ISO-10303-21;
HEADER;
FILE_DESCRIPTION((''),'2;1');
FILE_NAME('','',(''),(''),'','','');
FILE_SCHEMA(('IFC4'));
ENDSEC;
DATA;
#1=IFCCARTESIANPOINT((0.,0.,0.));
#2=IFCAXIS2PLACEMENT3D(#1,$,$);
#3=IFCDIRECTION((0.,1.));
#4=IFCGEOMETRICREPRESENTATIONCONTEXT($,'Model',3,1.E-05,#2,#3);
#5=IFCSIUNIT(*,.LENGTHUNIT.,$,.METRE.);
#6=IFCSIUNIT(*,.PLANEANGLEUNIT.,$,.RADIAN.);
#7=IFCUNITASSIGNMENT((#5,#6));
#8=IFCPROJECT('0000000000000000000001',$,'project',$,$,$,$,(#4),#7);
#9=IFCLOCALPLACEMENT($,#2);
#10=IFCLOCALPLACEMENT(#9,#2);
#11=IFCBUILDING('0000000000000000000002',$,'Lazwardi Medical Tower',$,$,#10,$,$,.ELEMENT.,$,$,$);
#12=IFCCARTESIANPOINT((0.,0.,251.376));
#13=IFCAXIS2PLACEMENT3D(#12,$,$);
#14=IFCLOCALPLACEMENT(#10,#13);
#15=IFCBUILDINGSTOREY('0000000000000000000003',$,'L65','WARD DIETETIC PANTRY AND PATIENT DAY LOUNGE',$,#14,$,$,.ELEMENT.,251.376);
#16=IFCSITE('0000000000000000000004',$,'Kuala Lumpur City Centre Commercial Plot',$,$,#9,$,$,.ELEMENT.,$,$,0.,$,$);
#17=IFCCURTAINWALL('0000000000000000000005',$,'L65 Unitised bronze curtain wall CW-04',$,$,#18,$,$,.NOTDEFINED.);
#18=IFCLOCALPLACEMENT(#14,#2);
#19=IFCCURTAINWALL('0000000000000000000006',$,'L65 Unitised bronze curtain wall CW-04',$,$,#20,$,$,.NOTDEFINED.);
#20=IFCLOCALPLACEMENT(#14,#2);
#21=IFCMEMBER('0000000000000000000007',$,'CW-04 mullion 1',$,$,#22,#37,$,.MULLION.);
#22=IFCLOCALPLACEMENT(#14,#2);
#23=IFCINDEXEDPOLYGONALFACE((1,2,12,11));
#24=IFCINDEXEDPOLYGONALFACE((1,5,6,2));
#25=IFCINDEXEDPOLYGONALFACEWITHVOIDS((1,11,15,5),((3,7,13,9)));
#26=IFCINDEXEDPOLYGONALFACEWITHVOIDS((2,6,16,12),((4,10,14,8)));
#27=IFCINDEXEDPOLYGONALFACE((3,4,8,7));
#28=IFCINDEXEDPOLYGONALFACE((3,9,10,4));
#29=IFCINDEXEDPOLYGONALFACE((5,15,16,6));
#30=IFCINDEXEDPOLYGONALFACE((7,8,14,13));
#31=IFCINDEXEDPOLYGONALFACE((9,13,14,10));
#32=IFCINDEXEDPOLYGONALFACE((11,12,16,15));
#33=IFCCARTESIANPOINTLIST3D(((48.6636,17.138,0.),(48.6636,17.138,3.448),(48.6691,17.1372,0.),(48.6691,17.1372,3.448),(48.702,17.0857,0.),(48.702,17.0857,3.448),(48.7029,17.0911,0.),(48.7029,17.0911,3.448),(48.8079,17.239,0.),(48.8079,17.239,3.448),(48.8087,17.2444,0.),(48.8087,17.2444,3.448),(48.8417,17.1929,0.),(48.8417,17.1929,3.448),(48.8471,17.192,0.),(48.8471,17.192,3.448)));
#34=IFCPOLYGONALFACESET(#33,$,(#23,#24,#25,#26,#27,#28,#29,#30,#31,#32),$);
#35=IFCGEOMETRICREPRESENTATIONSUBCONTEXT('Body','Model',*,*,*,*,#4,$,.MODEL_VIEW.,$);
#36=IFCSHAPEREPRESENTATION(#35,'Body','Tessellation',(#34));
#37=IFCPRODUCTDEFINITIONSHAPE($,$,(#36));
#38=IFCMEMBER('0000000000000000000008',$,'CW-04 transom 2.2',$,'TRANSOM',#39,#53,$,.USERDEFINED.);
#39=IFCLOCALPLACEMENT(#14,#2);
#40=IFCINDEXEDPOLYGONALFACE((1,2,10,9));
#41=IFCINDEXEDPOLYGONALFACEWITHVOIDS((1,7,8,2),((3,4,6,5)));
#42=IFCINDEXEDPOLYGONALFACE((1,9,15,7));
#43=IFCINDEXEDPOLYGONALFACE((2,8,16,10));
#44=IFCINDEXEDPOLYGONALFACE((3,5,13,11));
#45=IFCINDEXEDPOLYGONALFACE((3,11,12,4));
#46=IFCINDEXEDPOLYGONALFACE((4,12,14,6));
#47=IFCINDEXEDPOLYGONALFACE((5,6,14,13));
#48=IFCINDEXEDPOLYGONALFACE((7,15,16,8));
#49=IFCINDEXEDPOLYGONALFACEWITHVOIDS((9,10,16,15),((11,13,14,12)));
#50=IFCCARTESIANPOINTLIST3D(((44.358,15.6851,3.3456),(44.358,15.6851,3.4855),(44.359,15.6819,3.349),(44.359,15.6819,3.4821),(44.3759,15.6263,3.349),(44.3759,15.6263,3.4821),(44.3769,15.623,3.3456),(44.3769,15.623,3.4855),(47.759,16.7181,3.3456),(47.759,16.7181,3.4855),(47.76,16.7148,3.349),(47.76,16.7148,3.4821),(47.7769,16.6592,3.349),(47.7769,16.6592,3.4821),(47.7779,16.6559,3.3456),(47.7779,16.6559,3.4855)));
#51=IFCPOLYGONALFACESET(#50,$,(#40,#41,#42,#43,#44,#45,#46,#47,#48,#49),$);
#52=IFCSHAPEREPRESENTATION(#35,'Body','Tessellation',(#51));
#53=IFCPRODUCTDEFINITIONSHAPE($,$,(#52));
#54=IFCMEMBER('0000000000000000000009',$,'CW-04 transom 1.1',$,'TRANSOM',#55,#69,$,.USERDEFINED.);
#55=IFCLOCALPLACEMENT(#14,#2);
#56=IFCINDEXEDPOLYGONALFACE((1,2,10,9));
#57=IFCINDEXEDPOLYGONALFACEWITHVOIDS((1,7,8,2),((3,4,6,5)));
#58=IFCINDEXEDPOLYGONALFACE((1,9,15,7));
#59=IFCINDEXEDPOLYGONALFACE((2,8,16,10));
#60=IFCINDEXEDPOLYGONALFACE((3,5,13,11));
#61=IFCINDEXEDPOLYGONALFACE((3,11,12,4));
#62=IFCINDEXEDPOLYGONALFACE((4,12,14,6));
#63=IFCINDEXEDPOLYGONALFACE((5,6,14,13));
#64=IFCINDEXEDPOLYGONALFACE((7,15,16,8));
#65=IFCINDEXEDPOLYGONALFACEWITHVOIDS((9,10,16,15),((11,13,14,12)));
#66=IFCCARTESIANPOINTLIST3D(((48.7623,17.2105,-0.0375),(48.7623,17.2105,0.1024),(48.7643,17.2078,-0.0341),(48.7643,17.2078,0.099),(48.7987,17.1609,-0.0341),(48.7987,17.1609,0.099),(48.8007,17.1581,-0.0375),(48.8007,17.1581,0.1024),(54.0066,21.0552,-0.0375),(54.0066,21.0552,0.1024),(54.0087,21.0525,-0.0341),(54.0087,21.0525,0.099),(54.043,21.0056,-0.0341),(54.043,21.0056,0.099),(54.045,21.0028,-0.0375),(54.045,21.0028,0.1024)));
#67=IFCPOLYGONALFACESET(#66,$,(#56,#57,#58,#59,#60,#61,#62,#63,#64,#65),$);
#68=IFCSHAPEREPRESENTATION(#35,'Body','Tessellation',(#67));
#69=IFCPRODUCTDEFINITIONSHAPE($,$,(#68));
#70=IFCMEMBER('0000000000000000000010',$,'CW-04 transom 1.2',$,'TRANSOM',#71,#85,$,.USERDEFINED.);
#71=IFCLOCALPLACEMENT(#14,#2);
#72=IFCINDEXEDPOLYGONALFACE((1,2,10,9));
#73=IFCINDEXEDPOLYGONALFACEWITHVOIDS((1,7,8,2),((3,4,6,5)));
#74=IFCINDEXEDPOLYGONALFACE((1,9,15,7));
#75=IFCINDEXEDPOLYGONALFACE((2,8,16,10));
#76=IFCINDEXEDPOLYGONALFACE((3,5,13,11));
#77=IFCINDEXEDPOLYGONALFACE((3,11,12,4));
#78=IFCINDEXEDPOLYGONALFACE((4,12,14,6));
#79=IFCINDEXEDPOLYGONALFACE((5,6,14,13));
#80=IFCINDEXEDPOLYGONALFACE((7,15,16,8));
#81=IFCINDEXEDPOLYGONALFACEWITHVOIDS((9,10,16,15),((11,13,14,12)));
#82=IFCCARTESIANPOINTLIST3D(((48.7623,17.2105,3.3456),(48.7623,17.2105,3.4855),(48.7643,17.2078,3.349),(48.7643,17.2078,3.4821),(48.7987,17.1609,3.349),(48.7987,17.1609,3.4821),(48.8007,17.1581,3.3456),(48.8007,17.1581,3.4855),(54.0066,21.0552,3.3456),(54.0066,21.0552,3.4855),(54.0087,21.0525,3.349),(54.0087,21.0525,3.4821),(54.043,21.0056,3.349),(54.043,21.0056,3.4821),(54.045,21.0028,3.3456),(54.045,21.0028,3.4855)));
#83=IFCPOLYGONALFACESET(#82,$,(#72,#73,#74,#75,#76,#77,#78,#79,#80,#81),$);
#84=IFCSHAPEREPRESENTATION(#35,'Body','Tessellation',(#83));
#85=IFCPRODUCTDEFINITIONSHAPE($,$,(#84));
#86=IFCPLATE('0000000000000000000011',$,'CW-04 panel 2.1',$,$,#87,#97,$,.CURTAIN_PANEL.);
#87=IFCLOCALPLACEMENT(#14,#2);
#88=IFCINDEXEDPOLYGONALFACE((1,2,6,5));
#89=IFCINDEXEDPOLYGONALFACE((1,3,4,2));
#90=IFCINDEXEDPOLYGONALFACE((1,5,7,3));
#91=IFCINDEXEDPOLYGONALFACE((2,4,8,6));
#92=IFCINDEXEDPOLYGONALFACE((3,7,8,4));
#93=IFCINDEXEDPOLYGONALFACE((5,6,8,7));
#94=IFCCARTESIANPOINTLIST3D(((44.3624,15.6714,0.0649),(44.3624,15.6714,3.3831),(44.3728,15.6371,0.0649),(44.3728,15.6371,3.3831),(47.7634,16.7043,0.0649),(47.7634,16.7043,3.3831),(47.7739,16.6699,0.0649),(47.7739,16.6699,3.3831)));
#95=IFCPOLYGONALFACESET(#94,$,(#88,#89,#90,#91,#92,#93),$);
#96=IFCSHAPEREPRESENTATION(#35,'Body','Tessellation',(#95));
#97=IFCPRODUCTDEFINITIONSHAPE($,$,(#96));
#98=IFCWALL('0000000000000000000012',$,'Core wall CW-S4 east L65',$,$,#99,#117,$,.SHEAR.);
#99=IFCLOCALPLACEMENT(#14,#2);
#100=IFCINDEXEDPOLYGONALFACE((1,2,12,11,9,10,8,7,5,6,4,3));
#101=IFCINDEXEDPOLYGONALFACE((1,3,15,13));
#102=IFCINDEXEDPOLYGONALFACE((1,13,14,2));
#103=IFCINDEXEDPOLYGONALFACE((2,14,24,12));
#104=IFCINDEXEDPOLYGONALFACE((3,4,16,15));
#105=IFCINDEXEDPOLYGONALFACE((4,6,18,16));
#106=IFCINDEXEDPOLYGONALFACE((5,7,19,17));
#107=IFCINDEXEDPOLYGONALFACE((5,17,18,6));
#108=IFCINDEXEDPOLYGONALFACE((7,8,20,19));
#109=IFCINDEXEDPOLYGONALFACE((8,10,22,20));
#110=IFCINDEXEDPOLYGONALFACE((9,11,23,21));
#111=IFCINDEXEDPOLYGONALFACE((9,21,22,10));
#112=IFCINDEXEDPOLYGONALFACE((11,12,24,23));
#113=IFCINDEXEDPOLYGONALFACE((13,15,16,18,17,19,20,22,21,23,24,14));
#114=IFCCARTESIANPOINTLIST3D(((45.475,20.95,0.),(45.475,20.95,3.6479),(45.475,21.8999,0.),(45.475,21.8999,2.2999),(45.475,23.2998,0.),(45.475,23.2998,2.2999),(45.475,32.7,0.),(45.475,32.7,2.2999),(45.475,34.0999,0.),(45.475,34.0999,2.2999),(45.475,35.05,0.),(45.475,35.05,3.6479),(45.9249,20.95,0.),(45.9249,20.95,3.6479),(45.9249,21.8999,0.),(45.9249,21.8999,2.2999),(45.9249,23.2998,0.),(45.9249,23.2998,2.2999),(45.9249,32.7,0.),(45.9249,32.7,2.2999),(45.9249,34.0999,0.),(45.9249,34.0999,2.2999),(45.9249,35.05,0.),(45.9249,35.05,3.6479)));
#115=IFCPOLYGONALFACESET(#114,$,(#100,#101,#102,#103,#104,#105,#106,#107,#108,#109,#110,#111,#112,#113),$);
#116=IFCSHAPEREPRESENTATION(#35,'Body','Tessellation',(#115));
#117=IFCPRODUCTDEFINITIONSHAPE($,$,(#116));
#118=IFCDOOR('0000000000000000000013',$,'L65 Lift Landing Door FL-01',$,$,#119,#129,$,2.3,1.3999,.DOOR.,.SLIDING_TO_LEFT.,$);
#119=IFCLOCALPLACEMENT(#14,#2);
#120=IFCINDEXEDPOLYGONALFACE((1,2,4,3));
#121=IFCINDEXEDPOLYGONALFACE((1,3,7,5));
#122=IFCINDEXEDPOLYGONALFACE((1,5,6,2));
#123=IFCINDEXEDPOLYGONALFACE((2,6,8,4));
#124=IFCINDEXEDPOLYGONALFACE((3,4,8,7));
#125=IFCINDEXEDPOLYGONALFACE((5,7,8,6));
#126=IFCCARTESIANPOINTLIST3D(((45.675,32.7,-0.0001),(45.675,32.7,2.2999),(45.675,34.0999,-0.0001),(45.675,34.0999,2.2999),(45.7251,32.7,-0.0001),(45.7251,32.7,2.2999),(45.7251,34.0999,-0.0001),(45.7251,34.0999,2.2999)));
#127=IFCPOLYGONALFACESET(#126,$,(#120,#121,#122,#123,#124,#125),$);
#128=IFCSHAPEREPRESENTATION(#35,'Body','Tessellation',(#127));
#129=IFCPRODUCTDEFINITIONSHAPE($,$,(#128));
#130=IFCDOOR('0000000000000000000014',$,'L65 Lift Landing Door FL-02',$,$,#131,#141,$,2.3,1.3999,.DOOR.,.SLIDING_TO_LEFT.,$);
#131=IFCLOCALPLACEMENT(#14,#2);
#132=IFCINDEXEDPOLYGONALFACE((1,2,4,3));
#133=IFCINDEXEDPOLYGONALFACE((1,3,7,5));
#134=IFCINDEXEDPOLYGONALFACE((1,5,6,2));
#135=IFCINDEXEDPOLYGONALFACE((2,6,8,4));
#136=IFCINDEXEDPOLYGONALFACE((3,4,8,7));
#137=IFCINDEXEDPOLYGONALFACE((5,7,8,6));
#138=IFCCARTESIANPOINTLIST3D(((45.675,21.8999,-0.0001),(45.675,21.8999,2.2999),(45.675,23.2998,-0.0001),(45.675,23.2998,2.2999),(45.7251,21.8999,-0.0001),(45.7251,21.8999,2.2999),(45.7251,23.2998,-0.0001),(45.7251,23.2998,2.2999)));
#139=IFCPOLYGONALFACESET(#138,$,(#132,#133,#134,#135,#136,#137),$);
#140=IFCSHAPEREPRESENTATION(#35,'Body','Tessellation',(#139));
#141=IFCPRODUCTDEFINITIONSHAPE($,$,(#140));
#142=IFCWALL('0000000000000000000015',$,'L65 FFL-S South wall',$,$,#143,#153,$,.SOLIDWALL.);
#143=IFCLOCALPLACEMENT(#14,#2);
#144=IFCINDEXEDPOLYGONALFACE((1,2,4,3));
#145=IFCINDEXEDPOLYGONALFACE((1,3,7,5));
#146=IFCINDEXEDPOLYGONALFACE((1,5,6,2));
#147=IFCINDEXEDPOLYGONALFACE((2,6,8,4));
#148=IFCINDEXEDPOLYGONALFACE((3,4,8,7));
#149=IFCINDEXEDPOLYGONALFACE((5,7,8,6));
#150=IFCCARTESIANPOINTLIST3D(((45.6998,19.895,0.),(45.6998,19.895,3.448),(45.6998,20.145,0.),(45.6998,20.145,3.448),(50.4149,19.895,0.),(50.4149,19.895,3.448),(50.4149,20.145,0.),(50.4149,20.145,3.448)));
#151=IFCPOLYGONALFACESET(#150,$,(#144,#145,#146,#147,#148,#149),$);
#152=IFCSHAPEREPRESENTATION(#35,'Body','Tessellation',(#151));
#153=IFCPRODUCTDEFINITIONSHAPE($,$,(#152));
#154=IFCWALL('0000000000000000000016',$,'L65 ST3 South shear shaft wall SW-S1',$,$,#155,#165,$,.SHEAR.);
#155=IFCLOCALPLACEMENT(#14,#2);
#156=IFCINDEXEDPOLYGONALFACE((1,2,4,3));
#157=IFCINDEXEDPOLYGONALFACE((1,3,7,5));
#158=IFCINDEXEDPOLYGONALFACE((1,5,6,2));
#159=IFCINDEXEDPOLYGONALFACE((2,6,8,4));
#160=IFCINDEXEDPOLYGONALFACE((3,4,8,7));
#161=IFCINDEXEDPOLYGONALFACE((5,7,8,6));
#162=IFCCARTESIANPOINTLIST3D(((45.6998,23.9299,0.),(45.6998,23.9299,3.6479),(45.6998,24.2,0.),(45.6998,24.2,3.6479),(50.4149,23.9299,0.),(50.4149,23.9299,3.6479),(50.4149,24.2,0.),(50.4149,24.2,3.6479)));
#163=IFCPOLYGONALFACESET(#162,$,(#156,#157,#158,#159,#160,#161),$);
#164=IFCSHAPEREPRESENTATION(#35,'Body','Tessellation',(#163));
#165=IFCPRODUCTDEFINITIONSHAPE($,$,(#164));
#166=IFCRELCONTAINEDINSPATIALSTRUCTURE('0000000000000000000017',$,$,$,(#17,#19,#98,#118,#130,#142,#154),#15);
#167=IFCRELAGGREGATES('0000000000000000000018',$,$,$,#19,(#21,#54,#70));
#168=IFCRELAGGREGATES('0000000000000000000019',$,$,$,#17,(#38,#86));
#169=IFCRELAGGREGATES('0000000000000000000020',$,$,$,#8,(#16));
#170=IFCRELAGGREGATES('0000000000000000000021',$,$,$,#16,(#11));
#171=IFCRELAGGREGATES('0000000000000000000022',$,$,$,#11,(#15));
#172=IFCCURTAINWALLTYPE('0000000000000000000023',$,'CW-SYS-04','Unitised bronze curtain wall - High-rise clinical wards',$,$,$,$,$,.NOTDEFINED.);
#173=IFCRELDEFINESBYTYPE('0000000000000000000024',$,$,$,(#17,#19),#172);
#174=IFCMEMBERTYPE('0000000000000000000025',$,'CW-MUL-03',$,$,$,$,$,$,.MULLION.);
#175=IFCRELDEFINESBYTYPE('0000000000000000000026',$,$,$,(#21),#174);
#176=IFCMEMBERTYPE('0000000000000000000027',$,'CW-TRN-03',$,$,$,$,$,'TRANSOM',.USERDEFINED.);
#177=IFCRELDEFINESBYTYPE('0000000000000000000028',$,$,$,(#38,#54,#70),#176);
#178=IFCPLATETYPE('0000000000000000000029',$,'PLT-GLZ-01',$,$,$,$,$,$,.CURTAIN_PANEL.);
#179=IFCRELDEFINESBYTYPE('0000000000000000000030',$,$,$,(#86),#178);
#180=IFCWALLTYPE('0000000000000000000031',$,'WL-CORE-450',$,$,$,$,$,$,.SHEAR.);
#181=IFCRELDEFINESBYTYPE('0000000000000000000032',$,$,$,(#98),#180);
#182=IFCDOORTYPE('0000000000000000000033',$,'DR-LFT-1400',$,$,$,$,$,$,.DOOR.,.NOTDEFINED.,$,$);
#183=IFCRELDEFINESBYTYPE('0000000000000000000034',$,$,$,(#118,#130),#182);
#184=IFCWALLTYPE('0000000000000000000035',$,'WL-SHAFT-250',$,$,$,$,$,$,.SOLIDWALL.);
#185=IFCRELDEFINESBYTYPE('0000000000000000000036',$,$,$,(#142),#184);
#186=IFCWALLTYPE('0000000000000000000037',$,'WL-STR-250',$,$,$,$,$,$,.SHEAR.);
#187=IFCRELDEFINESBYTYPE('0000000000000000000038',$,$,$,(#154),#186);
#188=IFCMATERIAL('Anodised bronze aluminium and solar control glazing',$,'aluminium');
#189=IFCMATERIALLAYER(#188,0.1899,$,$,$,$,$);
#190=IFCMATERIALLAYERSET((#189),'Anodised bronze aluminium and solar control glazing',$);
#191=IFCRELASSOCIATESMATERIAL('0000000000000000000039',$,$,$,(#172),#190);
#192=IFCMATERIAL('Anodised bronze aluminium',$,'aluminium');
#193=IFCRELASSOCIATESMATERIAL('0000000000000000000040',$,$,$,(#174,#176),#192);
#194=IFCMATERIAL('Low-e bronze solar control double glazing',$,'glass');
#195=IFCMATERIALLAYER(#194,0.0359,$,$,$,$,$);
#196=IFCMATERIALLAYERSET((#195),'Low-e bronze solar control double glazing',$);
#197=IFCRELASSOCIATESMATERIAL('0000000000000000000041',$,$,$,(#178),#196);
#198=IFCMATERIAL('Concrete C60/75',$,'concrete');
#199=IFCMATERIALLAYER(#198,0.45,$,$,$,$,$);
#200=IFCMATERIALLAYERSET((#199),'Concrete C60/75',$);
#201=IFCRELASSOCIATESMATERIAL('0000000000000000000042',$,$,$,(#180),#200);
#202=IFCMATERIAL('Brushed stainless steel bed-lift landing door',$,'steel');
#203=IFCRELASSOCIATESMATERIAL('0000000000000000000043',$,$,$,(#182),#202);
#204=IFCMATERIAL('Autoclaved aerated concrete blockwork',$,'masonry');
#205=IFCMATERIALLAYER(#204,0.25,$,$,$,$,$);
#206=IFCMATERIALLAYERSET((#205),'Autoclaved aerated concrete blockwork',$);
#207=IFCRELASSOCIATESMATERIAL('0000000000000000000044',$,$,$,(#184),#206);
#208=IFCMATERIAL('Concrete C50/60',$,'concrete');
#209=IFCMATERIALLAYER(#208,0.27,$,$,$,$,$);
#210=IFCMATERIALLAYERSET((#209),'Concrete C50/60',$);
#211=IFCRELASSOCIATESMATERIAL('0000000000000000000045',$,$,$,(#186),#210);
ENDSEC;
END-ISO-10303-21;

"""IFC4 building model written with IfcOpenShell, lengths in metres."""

from ifc_helpers import new_model, si_unit, direction, frame, frame_2d, origin, origin_2d, place, context, subcontext, project, spatial, rectangle, hollow_rectangle, extrude, material, layer, layer_set, material_profile, profile_set, type_object, element, fill, aggregate, save


model = new_model("IFC4")

# Units and contexts
model_context = context("Model", 3, precision=1e-05, world=origin(), true_north=direction((0.0, 1.0)))
body_context = subcontext(model_context, "Body", "Model", "MODEL_VIEW")
ifc_project = project(units=[si_unit("LENGTHUNIT", "METRE"), si_unit("PLANEANGLEUNIT", "RADIAN")], contexts=[model_context])

# Site, building, storey
site_placement = place(None, origin())
site = spatial("IfcSite", under=ifc_project, at=site_placement, Name="Kuala Lumpur City Centre Commercial Plot", CompositionType="ELEMENT", RefElevation=0.0)
building_placement = place(site_placement, origin())
building = spatial("IfcBuilding", under=site, at=building_placement, Name="Lazwardi Medical Tower", CompositionType="ELEMENT")
storey_placement = place(building_placement, frame((0.0, 0.0, 251.376)))
storey = spatial("IfcBuildingStorey", under=building, at=storey_placement, Name="L65", Description="WARD DIETETIC PANTRY AND PATIENT DAY LOUNGE", CompositionType="ELEMENT", Elevation=251.376)

# Shared definitions
ifc_material_1 = material(Name="Concrete C60/75", Category="concrete")

# Curtain walls, member
ifc_material_2 = material(Name="Anodised bronze aluminium and solar control glazing", Category="aluminium")
ifc_layer_1 = layer(ifc_material_2, 0.1899)
ifc_layer_set_1 = layer_set([ifc_layer_1], Name="Anodised bronze aluminium and solar control glazing")
curtain_wall_type = type_object("IfcCurtainWallType", Name="CW-SYS-04", Description="Unitised bronze curtain wall - High-rise clinical wards", PredefinedType="NOTDEFINED", material=ifc_layer_set_1)
curtain_wall_1_placement = place(storey_placement, origin())
curtain_wall_1 = element("IfcCurtainWall", 1, at=curtain_wall_1_placement, inside=storey, type_object=curtain_wall_type, Name="L65 Unitised bronze curtain wall CW-04", PredefinedType="NOTDEFINED")
ifc_material_3 = material(Name="Anodised bronze aluminium", Category="aluminium")
ifc_material_profile_1 = material_profile(ifc_material_3, hollow_rectangle(XDim=0.0649, YDim=0.1799, WallThickness=0.0039, at=origin_2d()), Name="ALU-MULLION 180x65x4")
ifc_profile_set_1 = profile_set([ifc_material_profile_1], Name="Anodised bronze aluminium")
member_type_1 = type_object("IfcMemberType", Name="CW-MUL-03", PredefinedType="MULLION", material=ifc_profile_set_1)
curtain_wall_2_placement = place(storey_placement, origin())
curtain_wall_2 = element("IfcCurtainWall", 2, at=curtain_wall_2_placement, inside=storey, type_object=curtain_wall_type, Name="L65 Unitised bronze curtain wall CW-04", PredefinedType="NOTDEFINED")
member_1_placement = place(storey_placement, frame((48.7554, 17.165, 0.0), z_axis=(0.0, 0.0, 1.0), x_axis=(-0.591268, 0.806475, 0.0)))
member_1 = element("IfcMember", 3, at=member_1_placement, type_object=member_type_1, Name="CW-04 mullion 1", PredefinedType="MULLION", context=body_context, shape_type="SweptSolid", body=[
    extrude(hollow_rectangle(XDim=0.0649, YDim=0.1799, WallThickness=0.0039, at=origin_2d()), origin(), (0.0, 0.0, 1.0), 3.448),
])

# Members
ifc_material_profile_2 = material_profile(ifc_material_3, hollow_rectangle(XDim=0.0649, YDim=0.1399, WallThickness=0.0034, at=origin_2d()), Name="ALU-TRANSOM 140x65x3.5")
ifc_profile_set_2 = profile_set([ifc_material_profile_2], Name="Anodised bronze aluminium")
member_type_2 = type_object("IfcMemberType", Name="CW-TRN-03", ElementType="TRANSOM", PredefinedType="USERDEFINED", material=ifc_profile_set_2)
member_2_placement = place(storey_placement, frame((44.3674, 15.6541, 3.4155), z_axis=(0.956843, 0.290604, 0.0), x_axis=(-0.290604, 0.956843, 0.0)))
member_2 = element("IfcMember", 4, at=member_2_placement, type_object=member_type_2, Name="CW-04 transom 2.2", ObjectType="TRANSOM", PredefinedType="USERDEFINED", context=body_context, shape_type="SweptSolid", body=[
    extrude(hollow_rectangle(XDim=0.0649, YDim=0.1399, WallThickness=0.0034, at=origin_2d()), origin(), (0.0, 0.0, 1.0), 3.5544),
])
member_3_placement = place(storey_placement, frame((48.7815, 17.1843, 0.0325), z_axis=(0.80649, 0.591248, 0.0), x_axis=(-0.591248, 0.80649, 0.0)))
member_3 = element("IfcMember", 5, at=member_3_placement, type_object=member_type_2, Name="CW-04 transom 1.1", ObjectType="TRANSOM", PredefinedType="USERDEFINED", context=body_context, shape_type="SweptSolid", body=[
    extrude(hollow_rectangle(XDim=0.0649, YDim=0.1399, WallThickness=0.0034, at=origin_2d()), origin(), (0.0, 0.0, 1.0), 6.5027),
])
member_4_placement = place(storey_placement, frame((48.7815, 17.1843, 3.4155), z_axis=(0.80649, 0.591248, 0.0), x_axis=(-0.591248, 0.80649, 0.0)))
member_4 = element("IfcMember", 6, at=member_4_placement, type_object=member_type_2, Name="CW-04 transom 1.2", ObjectType="TRANSOM", PredefinedType="USERDEFINED", context=body_context, shape_type="SweptSolid", body=[
    extrude(hollow_rectangle(XDim=0.0649, YDim=0.1399, WallThickness=0.0034, at=origin_2d()), origin(), (0.0, 0.0, 1.0), 6.5027),
])
aggregate(curtain_wall_2, [member_1, member_3, member_4])

# Plate
ifc_material_4 = material(Name="Low-e bronze solar control double glazing", Category="glass")
ifc_layer_2 = layer(ifc_material_4, 0.0359)
ifc_layer_set_2 = layer_set([ifc_layer_2], Name="Low-e bronze solar control double glazing")
plate_type = type_object("IfcPlateType", Name="PLT-GLZ-01", PredefinedType="CURTAIN_PANEL", material=ifc_layer_set_2)
plate_placement = place(storey_placement, frame((46.0681, 16.1707, 0.0649), z_axis=(0.0, 0.0, 1.0), x_axis=(0.95685, 0.290582, 0.0)))
plate = element("IfcPlate", 7, at=plate_placement, type_object=plate_type, Name="CW-04 panel 2.1", PredefinedType="CURTAIN_PANEL", context=body_context, shape_type="SweptSolid", body=[
    extrude(rectangle(XDim=3.5544, YDim=0.0359, at=origin_2d()), origin(), (0.0, 0.0, 1.0), 3.3181),
])
aggregate(curtain_wall_1, [member_2, plate])

# Wall, openings, doors
ifc_layer_3 = layer(ifc_material_1, 0.45)
ifc_layer_set_3 = layer_set([ifc_layer_3], Name="Concrete C60/75")
wall_type_1 = type_object("IfcWallType", Name="WL-CORE-450", PredefinedType="SHEAR", material=ifc_layer_set_3)
wall_1_placement = place(storey_placement, frame((45.7, 20.95, 0.0), z_axis=(0.0, 0.0, 1.0), x_axis=(0.0, 1.0, 0.0)))
wall_1 = element("IfcWall", 8, at=wall_1_placement, inside=storey, type_object=wall_type_1, Name="Core wall CW-S4 east L65", PredefinedType="SHEAR", context=body_context, shape_type="SweptSolid", body=[
    extrude(rectangle(XDim=14.1001, YDim=0.45, at=frame_2d((7.05, 0.0))), origin(), (0.0, 0.0, 1.0), 3.6479),
])
opening_1_placement = place(wall_1_placement, frame((11.75, 0.0, 0.0)))
opening_1 = element("IfcOpeningElement", 9, at=opening_1_placement, cuts=wall_1, PredefinedType="OPENING", context=body_context, shape_type="SweptSolid", body=[
    extrude(rectangle(XDim=1.3999, YDim=2.3, at=frame_2d((0.7, 1.1499))), frame((0.0, 0.2349, 0.0), z_axis=(0.0, -1.0, 0.0), x_axis=(1.0, 0.0, 0.0)), (0.0, 0.0, 1.0), 0.47),
])
opening_2_placement = place(wall_1_placement, frame((0.95, 0.0, 0.0)))
opening_2 = element("IfcOpeningElement", 10, at=opening_2_placement, cuts=wall_1, PredefinedType="OPENING", context=body_context, shape_type="SweptSolid", body=[
    extrude(rectangle(XDim=1.3999, YDim=2.3, at=frame_2d((0.7, 1.1499))), frame((0.0, 0.2349, 0.0), z_axis=(0.0, -1.0, 0.0), x_axis=(1.0, 0.0, 0.0)), (0.0, 0.0, 1.0), 0.47),
])
ifc_material_5 = material(Name="Brushed stainless steel bed-lift landing door", Category="steel")
door_type = type_object("IfcDoorType", Name="DR-LFT-1400", OperationType="NOTDEFINED", PredefinedType="DOOR", material=ifc_material_5)
door_1_placement = place(opening_1_placement, origin())
door_1 = element("IfcDoor", 11, at=door_1_placement, inside=storey, type_object=door_type, Name="L65 Lift Landing Door FL-01", OperationType="SLIDING_TO_LEFT", OverallHeight=2.3, OverallWidth=1.3999, PredefinedType="DOOR", context=body_context, shape_type="SweptSolid", body=[
    extrude(rectangle(XDim=1.3999, YDim=2.3, at=frame_2d((0.7, 1.1499))), frame((0.0, 0.0249, 0.0), z_axis=(0.0, -1.0, 0.0), x_axis=(1.0, 0.0, 0.0)), (0.0, 0.0, 1.0), 0.05),
])
fill(opening_1, door_1)
door_2_placement = place(opening_2_placement, origin())
door_2 = element("IfcDoor", 12, at=door_2_placement, inside=storey, type_object=door_type, Name="L65 Lift Landing Door FL-02", OperationType="SLIDING_TO_LEFT", OverallHeight=2.3, OverallWidth=1.3999, PredefinedType="DOOR", context=body_context, shape_type="SweptSolid", body=[
    extrude(rectangle(XDim=1.3999, YDim=2.3, at=frame_2d((0.7, 1.1499))), frame((0.0, 0.0249, 0.0), z_axis=(0.0, -1.0, 0.0), x_axis=(1.0, 0.0, 0.0)), (0.0, 0.0, 1.0), 0.05),
])
fill(opening_2, door_2)

# Walls
ifc_material_6 = material(Name="Autoclaved aerated concrete blockwork", Category="masonry")
ifc_layer_4 = layer(ifc_material_6, 0.25)
ifc_layer_set_4 = layer_set([ifc_layer_4], Name="Autoclaved aerated concrete blockwork")
wall_type_2 = type_object("IfcWallType", Name="WL-SHAFT-250", PredefinedType="SOLIDWALL", material=ifc_layer_set_4)
wall_2_placement = place(storey_placement, frame((45.7, 20.02, 0.0), z_axis=(0.0, 0.0, 1.0), x_axis=(1.0, 0.0, 0.0)))
element("IfcWall", 13, at=wall_2_placement, inside=storey, type_object=wall_type_2, Name="L65 FFL-S South wall", PredefinedType="SOLIDWALL", context=body_context, shape_type="SweptSolid", body=[
    extrude(rectangle(XDim=4.7151, YDim=0.25, at=frame_2d((2.3574, 0.0))), origin(), (0.0, 0.0, 1.0), 3.448),
])
ifc_material_7 = material(Name="Concrete C50/60", Category="concrete")
ifc_layer_5 = layer(ifc_material_7, 0.27)
ifc_layer_set_5 = layer_set([ifc_layer_5], Name="Concrete C50/60")
wall_type_3 = type_object("IfcWallType", Name="WL-STR-250", PredefinedType="SHEAR", material=ifc_layer_set_5)
wall_3_placement = place(storey_placement, frame((45.7, 24.0649, 0.0), z_axis=(0.0, 0.0, 1.0), x_axis=(1.0, 0.0, 0.0)))
element("IfcWall", 14, at=wall_3_placement, inside=storey, type_object=wall_type_3, Name="L65 ST3 South shear shaft wall SW-S1", PredefinedType="SHEAR", context=body_context, shape_type="SweptSolid", body=[
    extrude(rectangle(XDim=4.7151, YDim=0.27, at=frame_2d((2.3574, 0.0))), origin(), (0.0, 0.0, 1.0), 3.6479),
])

save(model, "model.ifc")
